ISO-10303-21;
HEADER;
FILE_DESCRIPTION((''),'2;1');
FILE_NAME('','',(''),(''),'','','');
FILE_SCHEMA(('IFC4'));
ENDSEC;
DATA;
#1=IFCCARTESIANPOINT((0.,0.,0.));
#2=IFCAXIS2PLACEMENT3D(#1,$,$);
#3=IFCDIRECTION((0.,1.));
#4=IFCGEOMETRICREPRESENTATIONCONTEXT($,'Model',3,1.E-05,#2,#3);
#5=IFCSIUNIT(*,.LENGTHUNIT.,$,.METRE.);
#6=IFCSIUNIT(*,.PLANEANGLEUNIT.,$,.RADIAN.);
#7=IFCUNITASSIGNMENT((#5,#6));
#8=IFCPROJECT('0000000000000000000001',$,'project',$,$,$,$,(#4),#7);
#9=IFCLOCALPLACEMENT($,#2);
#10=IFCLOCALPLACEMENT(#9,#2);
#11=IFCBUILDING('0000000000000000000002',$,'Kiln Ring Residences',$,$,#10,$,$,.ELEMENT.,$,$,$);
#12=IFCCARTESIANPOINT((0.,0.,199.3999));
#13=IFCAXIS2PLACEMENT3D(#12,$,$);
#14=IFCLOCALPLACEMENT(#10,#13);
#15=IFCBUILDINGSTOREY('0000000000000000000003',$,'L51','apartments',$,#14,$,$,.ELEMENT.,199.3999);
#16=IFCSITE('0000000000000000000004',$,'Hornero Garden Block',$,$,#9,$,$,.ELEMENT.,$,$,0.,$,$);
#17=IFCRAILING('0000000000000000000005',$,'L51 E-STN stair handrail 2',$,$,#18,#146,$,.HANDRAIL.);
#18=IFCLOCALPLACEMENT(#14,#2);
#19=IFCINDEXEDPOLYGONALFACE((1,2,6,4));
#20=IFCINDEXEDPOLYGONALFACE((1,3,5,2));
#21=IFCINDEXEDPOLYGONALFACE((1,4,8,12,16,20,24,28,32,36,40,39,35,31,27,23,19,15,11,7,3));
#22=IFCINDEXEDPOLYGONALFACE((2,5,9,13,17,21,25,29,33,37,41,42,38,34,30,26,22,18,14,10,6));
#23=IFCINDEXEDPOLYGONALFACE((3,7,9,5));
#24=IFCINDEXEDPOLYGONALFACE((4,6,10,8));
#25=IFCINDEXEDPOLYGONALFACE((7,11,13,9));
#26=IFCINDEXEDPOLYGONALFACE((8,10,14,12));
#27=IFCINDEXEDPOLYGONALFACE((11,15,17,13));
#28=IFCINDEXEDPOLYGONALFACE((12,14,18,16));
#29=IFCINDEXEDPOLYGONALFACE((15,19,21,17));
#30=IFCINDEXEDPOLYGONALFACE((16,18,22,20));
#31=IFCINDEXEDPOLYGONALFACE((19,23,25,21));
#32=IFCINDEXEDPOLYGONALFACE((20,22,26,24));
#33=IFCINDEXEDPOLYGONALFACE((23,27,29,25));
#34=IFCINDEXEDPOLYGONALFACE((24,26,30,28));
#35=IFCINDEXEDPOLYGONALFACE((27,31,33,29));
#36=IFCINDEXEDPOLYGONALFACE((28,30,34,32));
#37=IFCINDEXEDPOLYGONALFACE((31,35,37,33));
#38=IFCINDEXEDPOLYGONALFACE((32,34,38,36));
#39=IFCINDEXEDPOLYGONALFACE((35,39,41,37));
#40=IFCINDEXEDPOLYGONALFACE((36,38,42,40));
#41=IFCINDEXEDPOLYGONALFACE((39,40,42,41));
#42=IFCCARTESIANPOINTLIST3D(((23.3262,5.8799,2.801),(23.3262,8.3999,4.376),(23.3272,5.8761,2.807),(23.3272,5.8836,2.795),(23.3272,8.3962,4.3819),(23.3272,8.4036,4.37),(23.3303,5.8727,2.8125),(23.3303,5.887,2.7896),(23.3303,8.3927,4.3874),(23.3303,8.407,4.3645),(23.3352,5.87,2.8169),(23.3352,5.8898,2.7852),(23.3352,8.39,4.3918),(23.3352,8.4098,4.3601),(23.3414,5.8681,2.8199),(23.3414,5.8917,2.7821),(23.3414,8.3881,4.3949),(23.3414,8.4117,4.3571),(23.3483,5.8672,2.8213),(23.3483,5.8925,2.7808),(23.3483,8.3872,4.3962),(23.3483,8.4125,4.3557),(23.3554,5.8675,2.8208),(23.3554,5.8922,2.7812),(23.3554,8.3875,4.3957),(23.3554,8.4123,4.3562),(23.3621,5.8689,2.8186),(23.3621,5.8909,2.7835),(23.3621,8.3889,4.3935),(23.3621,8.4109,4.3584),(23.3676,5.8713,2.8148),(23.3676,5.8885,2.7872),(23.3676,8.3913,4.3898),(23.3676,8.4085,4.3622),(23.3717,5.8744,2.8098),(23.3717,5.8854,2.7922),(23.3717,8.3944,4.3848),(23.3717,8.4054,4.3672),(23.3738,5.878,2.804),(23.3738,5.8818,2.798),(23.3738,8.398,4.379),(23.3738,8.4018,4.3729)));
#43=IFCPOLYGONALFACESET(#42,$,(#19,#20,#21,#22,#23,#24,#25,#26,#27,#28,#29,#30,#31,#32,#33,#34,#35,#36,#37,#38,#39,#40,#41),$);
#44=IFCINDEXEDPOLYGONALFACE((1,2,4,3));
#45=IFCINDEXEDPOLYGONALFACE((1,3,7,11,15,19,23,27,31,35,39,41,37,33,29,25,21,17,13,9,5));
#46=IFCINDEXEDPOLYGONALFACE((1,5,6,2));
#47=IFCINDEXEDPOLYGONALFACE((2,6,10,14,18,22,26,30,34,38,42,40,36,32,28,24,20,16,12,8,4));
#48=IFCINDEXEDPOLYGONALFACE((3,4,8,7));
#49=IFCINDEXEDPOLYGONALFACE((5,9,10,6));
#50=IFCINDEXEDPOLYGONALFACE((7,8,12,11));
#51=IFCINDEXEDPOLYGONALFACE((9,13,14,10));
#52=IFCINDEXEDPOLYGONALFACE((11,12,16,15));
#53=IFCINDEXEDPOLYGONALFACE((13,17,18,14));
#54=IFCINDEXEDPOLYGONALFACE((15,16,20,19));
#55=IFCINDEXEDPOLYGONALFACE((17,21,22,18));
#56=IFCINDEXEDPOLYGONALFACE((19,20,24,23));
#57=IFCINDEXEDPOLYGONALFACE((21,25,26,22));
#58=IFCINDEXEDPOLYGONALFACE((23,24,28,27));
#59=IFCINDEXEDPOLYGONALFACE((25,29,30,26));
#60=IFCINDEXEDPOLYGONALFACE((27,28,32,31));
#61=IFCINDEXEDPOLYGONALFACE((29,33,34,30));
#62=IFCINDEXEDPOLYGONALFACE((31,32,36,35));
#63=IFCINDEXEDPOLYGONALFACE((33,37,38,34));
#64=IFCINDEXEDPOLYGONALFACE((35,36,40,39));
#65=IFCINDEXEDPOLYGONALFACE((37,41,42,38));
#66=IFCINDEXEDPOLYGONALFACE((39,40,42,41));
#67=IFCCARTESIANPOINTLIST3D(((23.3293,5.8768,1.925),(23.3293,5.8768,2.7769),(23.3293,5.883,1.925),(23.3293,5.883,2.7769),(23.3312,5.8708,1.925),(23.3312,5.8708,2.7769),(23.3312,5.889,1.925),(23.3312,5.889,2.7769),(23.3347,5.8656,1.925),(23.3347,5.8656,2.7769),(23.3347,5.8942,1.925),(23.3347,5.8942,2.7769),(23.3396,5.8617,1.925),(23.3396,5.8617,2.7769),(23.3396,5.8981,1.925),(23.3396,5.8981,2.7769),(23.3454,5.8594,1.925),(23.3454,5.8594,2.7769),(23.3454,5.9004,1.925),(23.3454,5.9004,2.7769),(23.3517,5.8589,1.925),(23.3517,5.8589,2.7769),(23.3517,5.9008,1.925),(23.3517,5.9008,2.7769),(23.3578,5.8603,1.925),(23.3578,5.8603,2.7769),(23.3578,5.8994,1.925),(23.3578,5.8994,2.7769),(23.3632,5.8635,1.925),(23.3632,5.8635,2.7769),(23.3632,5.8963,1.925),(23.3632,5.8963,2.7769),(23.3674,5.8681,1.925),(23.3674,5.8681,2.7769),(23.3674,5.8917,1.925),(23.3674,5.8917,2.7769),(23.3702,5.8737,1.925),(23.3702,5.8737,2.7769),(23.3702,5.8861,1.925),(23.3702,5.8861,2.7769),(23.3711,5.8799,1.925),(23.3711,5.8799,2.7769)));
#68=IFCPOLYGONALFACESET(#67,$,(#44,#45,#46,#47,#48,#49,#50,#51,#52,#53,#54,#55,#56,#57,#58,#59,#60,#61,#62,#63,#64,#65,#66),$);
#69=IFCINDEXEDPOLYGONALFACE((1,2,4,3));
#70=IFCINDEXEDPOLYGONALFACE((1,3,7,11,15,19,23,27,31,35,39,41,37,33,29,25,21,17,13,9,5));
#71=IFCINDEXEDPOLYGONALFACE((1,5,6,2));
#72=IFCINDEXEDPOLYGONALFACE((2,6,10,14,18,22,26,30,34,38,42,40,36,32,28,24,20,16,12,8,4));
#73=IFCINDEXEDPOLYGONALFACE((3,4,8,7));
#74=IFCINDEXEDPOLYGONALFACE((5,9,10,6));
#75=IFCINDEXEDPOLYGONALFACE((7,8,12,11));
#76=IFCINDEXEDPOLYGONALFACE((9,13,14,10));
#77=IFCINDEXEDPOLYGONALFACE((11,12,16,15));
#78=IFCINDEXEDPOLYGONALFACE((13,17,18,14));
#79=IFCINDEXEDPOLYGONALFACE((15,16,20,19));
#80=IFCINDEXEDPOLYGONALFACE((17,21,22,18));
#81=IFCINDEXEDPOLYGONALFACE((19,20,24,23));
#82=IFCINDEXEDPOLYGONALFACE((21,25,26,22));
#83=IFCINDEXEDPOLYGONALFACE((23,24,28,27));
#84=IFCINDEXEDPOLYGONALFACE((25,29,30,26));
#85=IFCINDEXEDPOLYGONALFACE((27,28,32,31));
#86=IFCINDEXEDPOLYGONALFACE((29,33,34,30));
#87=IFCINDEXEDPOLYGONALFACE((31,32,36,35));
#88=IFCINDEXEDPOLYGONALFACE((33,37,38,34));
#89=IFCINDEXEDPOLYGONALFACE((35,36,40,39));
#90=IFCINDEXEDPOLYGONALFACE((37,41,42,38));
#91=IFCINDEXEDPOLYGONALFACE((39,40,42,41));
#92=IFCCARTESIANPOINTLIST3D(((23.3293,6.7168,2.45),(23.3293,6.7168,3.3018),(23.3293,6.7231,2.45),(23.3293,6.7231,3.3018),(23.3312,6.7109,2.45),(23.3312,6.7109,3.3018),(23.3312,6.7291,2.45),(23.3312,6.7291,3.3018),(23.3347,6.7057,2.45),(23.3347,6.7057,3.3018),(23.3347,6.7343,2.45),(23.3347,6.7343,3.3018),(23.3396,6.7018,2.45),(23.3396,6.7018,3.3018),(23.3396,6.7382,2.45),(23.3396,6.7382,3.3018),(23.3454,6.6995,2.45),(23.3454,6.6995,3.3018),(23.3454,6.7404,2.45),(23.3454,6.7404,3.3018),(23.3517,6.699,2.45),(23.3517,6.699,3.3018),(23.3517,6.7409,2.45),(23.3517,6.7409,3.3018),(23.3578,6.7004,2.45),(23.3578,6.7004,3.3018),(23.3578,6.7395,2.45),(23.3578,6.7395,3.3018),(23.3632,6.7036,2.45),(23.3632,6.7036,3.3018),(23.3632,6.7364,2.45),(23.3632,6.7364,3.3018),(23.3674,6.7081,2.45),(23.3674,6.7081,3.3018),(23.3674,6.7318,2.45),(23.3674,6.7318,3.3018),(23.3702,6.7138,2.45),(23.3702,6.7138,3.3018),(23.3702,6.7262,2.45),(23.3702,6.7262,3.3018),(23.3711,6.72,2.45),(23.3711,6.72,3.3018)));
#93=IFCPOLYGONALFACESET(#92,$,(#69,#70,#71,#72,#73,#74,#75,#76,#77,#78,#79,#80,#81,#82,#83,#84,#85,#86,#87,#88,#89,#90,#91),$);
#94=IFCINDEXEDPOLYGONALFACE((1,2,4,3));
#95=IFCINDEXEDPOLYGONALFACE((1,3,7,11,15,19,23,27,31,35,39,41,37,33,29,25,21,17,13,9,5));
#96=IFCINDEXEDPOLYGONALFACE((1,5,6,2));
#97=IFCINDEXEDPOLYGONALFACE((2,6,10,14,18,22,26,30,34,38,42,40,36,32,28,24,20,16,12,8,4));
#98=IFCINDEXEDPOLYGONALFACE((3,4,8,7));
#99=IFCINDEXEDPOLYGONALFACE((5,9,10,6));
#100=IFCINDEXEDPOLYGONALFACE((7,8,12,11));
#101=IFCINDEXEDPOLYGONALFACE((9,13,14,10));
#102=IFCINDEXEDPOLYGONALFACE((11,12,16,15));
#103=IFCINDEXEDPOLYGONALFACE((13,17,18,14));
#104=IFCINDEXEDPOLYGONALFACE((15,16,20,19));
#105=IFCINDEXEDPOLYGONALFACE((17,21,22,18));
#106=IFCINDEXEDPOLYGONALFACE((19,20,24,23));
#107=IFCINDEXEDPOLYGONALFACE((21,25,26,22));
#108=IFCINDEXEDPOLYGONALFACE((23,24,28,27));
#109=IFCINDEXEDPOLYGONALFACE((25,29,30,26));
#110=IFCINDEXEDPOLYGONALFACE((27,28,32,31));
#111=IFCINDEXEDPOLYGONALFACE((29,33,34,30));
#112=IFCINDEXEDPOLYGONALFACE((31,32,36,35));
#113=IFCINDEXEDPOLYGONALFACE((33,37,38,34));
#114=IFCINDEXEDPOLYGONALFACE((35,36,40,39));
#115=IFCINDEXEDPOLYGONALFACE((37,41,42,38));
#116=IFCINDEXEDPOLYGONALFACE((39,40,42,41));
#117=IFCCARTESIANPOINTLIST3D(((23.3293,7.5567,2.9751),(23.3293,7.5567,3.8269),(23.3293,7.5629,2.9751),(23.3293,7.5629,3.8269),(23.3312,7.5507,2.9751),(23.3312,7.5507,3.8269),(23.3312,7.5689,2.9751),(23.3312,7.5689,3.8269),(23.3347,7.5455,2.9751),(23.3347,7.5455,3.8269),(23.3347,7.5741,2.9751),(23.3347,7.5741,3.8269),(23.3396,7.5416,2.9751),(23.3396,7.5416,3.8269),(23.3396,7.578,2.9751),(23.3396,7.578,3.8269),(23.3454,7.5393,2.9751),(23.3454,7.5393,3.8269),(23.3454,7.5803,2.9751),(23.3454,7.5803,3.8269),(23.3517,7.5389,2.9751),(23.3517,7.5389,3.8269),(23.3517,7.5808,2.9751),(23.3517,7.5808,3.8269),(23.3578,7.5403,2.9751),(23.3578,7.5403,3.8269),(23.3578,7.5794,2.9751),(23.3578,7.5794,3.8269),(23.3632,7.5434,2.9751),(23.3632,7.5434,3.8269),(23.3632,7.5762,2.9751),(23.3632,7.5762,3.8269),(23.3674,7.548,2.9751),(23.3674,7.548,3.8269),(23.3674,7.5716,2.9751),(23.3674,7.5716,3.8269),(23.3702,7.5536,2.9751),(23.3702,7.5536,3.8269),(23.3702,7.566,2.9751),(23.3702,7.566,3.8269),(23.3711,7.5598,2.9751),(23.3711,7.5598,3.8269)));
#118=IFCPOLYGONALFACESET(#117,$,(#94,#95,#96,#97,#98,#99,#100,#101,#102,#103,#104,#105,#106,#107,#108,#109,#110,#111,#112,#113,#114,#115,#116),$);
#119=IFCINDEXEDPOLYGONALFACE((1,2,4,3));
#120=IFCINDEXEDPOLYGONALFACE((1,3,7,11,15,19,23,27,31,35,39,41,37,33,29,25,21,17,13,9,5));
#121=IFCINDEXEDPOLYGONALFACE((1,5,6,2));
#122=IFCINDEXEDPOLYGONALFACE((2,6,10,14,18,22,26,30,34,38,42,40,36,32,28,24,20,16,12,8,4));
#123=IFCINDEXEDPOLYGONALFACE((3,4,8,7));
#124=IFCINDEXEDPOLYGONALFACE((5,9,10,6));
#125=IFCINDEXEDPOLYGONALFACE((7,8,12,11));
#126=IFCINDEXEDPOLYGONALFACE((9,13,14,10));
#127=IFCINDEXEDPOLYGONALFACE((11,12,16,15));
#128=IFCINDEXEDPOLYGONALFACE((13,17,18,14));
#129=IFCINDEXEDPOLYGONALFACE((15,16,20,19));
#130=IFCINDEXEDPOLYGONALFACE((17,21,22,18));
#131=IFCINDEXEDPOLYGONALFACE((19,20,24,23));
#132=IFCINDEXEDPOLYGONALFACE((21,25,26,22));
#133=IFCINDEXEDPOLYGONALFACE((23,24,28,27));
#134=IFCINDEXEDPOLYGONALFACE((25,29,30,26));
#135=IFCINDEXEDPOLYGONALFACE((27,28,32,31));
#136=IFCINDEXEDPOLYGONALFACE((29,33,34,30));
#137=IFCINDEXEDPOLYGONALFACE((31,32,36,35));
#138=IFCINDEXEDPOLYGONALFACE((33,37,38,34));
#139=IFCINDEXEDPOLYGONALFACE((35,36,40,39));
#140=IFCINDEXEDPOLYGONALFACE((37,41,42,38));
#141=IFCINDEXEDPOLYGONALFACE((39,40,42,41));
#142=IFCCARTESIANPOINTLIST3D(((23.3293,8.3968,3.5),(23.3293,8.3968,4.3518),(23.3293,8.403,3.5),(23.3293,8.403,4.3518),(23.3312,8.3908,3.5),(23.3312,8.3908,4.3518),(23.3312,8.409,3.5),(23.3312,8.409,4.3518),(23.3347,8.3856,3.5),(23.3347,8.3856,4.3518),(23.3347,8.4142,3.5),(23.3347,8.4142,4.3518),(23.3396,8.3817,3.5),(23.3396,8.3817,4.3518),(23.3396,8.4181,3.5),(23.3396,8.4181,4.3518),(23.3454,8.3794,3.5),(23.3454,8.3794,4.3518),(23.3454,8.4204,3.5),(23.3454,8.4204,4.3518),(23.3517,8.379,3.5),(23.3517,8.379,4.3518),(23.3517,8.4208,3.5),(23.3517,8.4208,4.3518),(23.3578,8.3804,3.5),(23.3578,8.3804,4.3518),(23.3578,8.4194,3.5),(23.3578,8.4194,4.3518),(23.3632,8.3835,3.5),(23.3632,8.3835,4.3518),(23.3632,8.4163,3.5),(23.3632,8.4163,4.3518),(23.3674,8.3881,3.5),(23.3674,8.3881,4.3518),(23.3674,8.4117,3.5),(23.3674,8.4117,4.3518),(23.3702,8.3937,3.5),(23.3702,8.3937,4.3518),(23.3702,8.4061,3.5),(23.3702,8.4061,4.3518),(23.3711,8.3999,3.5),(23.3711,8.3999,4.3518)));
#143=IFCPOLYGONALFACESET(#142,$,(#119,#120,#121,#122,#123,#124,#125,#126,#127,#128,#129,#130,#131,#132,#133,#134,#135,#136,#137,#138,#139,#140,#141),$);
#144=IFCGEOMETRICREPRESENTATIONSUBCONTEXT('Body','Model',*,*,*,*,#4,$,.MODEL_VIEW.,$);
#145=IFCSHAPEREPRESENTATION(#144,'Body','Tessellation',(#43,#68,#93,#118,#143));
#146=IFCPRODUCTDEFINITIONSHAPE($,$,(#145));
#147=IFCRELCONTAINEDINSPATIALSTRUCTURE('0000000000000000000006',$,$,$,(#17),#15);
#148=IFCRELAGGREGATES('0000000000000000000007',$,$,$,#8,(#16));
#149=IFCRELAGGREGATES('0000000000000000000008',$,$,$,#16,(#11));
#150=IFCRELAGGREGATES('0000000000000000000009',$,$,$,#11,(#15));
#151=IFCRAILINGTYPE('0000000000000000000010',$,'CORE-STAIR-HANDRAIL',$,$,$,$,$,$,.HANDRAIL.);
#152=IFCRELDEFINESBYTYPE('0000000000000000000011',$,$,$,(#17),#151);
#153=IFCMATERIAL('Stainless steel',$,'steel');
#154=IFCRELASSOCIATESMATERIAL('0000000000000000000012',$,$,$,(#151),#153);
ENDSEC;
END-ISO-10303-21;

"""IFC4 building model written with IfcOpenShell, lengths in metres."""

from ifc_helpers import new_model, si_unit, direction, frame, origin, origin_2d, place, context, subcontext, project, spatial, circle, extrude, material, type_object, element, save


model = new_model("IFC4")

# Units and contexts
model_context = context("Model", 3, precision=1e-05, world=origin(), true_north=direction((0.0, 1.0)))
body_context = subcontext(model_context, "Body", "Model", "MODEL_VIEW")
ifc_project = project(units=[si_unit("LENGTHUNIT", "METRE"), si_unit("PLANEANGLEUNIT", "RADIAN")], contexts=[model_context])

# Site, building, storey
site_placement = place(None, origin())
site = spatial("IfcSite", under=ifc_project, at=site_placement, Name="Hornero Garden Block", CompositionType="ELEMENT", RefElevation=0.0)
building_placement = place(site_placement, origin())
building = spatial("IfcBuilding", under=site, at=building_placement, Name="Kiln Ring Residences", CompositionType="ELEMENT")
storey_placement = place(building_placement, frame((0.0, 0.0, 199.3999)))
storey = spatial("IfcBuildingStorey", under=building, at=storey_placement, Name="L51", Description="apartments", CompositionType="ELEMENT", Elevation=199.3999)

# Railing
ifc_material_1 = material(Name="Stainless steel", Category="steel")
railing_type_1 = type_object("IfcRailingType", Name="CORE-STAIR-HANDRAIL", PredefinedType="HANDRAIL", material=ifc_material_1)
railing_1_placement = place(storey_placement, frame((23.3501, 5.8799, 1.925)))
element("IfcRailing", 1, at=railing_1_placement, inside=storey, type_object=railing_type_1, Name="L51 E-STN stair handrail 2", PredefinedType="HANDRAIL", context=body_context, shape_type="SweptSolid", body=[
    extrude(circle(Radius=0.0239, at=origin_2d()), frame((0.0, 0.0, 0.876), z_axis=(0.0, 0.848008, 0.529984), x_axis=(-1.0, 0.0, 0.0)), (0.0, 0.0, 1.0), 2.9717),
    extrude(circle(Radius=0.021, at=origin_2d()), origin(), (0.0, 0.0, 1.0), 0.8518),
    extrude(circle(Radius=0.021, at=origin_2d()), frame((0.0, 0.8401, 0.5249)), (0.0, 0.0, 1.0), 0.8518),
    extrude(circle(Radius=0.021, at=origin_2d()), frame((0.0, 1.6799, 1.05)), (0.0, 0.0, 1.0), 0.8518),
    extrude(circle(Radius=0.021, at=origin_2d()), frame((0.0, 2.52, 1.575)), (0.0, 0.0, 1.0), 0.8518),
])

save(model, "model.ifc")
